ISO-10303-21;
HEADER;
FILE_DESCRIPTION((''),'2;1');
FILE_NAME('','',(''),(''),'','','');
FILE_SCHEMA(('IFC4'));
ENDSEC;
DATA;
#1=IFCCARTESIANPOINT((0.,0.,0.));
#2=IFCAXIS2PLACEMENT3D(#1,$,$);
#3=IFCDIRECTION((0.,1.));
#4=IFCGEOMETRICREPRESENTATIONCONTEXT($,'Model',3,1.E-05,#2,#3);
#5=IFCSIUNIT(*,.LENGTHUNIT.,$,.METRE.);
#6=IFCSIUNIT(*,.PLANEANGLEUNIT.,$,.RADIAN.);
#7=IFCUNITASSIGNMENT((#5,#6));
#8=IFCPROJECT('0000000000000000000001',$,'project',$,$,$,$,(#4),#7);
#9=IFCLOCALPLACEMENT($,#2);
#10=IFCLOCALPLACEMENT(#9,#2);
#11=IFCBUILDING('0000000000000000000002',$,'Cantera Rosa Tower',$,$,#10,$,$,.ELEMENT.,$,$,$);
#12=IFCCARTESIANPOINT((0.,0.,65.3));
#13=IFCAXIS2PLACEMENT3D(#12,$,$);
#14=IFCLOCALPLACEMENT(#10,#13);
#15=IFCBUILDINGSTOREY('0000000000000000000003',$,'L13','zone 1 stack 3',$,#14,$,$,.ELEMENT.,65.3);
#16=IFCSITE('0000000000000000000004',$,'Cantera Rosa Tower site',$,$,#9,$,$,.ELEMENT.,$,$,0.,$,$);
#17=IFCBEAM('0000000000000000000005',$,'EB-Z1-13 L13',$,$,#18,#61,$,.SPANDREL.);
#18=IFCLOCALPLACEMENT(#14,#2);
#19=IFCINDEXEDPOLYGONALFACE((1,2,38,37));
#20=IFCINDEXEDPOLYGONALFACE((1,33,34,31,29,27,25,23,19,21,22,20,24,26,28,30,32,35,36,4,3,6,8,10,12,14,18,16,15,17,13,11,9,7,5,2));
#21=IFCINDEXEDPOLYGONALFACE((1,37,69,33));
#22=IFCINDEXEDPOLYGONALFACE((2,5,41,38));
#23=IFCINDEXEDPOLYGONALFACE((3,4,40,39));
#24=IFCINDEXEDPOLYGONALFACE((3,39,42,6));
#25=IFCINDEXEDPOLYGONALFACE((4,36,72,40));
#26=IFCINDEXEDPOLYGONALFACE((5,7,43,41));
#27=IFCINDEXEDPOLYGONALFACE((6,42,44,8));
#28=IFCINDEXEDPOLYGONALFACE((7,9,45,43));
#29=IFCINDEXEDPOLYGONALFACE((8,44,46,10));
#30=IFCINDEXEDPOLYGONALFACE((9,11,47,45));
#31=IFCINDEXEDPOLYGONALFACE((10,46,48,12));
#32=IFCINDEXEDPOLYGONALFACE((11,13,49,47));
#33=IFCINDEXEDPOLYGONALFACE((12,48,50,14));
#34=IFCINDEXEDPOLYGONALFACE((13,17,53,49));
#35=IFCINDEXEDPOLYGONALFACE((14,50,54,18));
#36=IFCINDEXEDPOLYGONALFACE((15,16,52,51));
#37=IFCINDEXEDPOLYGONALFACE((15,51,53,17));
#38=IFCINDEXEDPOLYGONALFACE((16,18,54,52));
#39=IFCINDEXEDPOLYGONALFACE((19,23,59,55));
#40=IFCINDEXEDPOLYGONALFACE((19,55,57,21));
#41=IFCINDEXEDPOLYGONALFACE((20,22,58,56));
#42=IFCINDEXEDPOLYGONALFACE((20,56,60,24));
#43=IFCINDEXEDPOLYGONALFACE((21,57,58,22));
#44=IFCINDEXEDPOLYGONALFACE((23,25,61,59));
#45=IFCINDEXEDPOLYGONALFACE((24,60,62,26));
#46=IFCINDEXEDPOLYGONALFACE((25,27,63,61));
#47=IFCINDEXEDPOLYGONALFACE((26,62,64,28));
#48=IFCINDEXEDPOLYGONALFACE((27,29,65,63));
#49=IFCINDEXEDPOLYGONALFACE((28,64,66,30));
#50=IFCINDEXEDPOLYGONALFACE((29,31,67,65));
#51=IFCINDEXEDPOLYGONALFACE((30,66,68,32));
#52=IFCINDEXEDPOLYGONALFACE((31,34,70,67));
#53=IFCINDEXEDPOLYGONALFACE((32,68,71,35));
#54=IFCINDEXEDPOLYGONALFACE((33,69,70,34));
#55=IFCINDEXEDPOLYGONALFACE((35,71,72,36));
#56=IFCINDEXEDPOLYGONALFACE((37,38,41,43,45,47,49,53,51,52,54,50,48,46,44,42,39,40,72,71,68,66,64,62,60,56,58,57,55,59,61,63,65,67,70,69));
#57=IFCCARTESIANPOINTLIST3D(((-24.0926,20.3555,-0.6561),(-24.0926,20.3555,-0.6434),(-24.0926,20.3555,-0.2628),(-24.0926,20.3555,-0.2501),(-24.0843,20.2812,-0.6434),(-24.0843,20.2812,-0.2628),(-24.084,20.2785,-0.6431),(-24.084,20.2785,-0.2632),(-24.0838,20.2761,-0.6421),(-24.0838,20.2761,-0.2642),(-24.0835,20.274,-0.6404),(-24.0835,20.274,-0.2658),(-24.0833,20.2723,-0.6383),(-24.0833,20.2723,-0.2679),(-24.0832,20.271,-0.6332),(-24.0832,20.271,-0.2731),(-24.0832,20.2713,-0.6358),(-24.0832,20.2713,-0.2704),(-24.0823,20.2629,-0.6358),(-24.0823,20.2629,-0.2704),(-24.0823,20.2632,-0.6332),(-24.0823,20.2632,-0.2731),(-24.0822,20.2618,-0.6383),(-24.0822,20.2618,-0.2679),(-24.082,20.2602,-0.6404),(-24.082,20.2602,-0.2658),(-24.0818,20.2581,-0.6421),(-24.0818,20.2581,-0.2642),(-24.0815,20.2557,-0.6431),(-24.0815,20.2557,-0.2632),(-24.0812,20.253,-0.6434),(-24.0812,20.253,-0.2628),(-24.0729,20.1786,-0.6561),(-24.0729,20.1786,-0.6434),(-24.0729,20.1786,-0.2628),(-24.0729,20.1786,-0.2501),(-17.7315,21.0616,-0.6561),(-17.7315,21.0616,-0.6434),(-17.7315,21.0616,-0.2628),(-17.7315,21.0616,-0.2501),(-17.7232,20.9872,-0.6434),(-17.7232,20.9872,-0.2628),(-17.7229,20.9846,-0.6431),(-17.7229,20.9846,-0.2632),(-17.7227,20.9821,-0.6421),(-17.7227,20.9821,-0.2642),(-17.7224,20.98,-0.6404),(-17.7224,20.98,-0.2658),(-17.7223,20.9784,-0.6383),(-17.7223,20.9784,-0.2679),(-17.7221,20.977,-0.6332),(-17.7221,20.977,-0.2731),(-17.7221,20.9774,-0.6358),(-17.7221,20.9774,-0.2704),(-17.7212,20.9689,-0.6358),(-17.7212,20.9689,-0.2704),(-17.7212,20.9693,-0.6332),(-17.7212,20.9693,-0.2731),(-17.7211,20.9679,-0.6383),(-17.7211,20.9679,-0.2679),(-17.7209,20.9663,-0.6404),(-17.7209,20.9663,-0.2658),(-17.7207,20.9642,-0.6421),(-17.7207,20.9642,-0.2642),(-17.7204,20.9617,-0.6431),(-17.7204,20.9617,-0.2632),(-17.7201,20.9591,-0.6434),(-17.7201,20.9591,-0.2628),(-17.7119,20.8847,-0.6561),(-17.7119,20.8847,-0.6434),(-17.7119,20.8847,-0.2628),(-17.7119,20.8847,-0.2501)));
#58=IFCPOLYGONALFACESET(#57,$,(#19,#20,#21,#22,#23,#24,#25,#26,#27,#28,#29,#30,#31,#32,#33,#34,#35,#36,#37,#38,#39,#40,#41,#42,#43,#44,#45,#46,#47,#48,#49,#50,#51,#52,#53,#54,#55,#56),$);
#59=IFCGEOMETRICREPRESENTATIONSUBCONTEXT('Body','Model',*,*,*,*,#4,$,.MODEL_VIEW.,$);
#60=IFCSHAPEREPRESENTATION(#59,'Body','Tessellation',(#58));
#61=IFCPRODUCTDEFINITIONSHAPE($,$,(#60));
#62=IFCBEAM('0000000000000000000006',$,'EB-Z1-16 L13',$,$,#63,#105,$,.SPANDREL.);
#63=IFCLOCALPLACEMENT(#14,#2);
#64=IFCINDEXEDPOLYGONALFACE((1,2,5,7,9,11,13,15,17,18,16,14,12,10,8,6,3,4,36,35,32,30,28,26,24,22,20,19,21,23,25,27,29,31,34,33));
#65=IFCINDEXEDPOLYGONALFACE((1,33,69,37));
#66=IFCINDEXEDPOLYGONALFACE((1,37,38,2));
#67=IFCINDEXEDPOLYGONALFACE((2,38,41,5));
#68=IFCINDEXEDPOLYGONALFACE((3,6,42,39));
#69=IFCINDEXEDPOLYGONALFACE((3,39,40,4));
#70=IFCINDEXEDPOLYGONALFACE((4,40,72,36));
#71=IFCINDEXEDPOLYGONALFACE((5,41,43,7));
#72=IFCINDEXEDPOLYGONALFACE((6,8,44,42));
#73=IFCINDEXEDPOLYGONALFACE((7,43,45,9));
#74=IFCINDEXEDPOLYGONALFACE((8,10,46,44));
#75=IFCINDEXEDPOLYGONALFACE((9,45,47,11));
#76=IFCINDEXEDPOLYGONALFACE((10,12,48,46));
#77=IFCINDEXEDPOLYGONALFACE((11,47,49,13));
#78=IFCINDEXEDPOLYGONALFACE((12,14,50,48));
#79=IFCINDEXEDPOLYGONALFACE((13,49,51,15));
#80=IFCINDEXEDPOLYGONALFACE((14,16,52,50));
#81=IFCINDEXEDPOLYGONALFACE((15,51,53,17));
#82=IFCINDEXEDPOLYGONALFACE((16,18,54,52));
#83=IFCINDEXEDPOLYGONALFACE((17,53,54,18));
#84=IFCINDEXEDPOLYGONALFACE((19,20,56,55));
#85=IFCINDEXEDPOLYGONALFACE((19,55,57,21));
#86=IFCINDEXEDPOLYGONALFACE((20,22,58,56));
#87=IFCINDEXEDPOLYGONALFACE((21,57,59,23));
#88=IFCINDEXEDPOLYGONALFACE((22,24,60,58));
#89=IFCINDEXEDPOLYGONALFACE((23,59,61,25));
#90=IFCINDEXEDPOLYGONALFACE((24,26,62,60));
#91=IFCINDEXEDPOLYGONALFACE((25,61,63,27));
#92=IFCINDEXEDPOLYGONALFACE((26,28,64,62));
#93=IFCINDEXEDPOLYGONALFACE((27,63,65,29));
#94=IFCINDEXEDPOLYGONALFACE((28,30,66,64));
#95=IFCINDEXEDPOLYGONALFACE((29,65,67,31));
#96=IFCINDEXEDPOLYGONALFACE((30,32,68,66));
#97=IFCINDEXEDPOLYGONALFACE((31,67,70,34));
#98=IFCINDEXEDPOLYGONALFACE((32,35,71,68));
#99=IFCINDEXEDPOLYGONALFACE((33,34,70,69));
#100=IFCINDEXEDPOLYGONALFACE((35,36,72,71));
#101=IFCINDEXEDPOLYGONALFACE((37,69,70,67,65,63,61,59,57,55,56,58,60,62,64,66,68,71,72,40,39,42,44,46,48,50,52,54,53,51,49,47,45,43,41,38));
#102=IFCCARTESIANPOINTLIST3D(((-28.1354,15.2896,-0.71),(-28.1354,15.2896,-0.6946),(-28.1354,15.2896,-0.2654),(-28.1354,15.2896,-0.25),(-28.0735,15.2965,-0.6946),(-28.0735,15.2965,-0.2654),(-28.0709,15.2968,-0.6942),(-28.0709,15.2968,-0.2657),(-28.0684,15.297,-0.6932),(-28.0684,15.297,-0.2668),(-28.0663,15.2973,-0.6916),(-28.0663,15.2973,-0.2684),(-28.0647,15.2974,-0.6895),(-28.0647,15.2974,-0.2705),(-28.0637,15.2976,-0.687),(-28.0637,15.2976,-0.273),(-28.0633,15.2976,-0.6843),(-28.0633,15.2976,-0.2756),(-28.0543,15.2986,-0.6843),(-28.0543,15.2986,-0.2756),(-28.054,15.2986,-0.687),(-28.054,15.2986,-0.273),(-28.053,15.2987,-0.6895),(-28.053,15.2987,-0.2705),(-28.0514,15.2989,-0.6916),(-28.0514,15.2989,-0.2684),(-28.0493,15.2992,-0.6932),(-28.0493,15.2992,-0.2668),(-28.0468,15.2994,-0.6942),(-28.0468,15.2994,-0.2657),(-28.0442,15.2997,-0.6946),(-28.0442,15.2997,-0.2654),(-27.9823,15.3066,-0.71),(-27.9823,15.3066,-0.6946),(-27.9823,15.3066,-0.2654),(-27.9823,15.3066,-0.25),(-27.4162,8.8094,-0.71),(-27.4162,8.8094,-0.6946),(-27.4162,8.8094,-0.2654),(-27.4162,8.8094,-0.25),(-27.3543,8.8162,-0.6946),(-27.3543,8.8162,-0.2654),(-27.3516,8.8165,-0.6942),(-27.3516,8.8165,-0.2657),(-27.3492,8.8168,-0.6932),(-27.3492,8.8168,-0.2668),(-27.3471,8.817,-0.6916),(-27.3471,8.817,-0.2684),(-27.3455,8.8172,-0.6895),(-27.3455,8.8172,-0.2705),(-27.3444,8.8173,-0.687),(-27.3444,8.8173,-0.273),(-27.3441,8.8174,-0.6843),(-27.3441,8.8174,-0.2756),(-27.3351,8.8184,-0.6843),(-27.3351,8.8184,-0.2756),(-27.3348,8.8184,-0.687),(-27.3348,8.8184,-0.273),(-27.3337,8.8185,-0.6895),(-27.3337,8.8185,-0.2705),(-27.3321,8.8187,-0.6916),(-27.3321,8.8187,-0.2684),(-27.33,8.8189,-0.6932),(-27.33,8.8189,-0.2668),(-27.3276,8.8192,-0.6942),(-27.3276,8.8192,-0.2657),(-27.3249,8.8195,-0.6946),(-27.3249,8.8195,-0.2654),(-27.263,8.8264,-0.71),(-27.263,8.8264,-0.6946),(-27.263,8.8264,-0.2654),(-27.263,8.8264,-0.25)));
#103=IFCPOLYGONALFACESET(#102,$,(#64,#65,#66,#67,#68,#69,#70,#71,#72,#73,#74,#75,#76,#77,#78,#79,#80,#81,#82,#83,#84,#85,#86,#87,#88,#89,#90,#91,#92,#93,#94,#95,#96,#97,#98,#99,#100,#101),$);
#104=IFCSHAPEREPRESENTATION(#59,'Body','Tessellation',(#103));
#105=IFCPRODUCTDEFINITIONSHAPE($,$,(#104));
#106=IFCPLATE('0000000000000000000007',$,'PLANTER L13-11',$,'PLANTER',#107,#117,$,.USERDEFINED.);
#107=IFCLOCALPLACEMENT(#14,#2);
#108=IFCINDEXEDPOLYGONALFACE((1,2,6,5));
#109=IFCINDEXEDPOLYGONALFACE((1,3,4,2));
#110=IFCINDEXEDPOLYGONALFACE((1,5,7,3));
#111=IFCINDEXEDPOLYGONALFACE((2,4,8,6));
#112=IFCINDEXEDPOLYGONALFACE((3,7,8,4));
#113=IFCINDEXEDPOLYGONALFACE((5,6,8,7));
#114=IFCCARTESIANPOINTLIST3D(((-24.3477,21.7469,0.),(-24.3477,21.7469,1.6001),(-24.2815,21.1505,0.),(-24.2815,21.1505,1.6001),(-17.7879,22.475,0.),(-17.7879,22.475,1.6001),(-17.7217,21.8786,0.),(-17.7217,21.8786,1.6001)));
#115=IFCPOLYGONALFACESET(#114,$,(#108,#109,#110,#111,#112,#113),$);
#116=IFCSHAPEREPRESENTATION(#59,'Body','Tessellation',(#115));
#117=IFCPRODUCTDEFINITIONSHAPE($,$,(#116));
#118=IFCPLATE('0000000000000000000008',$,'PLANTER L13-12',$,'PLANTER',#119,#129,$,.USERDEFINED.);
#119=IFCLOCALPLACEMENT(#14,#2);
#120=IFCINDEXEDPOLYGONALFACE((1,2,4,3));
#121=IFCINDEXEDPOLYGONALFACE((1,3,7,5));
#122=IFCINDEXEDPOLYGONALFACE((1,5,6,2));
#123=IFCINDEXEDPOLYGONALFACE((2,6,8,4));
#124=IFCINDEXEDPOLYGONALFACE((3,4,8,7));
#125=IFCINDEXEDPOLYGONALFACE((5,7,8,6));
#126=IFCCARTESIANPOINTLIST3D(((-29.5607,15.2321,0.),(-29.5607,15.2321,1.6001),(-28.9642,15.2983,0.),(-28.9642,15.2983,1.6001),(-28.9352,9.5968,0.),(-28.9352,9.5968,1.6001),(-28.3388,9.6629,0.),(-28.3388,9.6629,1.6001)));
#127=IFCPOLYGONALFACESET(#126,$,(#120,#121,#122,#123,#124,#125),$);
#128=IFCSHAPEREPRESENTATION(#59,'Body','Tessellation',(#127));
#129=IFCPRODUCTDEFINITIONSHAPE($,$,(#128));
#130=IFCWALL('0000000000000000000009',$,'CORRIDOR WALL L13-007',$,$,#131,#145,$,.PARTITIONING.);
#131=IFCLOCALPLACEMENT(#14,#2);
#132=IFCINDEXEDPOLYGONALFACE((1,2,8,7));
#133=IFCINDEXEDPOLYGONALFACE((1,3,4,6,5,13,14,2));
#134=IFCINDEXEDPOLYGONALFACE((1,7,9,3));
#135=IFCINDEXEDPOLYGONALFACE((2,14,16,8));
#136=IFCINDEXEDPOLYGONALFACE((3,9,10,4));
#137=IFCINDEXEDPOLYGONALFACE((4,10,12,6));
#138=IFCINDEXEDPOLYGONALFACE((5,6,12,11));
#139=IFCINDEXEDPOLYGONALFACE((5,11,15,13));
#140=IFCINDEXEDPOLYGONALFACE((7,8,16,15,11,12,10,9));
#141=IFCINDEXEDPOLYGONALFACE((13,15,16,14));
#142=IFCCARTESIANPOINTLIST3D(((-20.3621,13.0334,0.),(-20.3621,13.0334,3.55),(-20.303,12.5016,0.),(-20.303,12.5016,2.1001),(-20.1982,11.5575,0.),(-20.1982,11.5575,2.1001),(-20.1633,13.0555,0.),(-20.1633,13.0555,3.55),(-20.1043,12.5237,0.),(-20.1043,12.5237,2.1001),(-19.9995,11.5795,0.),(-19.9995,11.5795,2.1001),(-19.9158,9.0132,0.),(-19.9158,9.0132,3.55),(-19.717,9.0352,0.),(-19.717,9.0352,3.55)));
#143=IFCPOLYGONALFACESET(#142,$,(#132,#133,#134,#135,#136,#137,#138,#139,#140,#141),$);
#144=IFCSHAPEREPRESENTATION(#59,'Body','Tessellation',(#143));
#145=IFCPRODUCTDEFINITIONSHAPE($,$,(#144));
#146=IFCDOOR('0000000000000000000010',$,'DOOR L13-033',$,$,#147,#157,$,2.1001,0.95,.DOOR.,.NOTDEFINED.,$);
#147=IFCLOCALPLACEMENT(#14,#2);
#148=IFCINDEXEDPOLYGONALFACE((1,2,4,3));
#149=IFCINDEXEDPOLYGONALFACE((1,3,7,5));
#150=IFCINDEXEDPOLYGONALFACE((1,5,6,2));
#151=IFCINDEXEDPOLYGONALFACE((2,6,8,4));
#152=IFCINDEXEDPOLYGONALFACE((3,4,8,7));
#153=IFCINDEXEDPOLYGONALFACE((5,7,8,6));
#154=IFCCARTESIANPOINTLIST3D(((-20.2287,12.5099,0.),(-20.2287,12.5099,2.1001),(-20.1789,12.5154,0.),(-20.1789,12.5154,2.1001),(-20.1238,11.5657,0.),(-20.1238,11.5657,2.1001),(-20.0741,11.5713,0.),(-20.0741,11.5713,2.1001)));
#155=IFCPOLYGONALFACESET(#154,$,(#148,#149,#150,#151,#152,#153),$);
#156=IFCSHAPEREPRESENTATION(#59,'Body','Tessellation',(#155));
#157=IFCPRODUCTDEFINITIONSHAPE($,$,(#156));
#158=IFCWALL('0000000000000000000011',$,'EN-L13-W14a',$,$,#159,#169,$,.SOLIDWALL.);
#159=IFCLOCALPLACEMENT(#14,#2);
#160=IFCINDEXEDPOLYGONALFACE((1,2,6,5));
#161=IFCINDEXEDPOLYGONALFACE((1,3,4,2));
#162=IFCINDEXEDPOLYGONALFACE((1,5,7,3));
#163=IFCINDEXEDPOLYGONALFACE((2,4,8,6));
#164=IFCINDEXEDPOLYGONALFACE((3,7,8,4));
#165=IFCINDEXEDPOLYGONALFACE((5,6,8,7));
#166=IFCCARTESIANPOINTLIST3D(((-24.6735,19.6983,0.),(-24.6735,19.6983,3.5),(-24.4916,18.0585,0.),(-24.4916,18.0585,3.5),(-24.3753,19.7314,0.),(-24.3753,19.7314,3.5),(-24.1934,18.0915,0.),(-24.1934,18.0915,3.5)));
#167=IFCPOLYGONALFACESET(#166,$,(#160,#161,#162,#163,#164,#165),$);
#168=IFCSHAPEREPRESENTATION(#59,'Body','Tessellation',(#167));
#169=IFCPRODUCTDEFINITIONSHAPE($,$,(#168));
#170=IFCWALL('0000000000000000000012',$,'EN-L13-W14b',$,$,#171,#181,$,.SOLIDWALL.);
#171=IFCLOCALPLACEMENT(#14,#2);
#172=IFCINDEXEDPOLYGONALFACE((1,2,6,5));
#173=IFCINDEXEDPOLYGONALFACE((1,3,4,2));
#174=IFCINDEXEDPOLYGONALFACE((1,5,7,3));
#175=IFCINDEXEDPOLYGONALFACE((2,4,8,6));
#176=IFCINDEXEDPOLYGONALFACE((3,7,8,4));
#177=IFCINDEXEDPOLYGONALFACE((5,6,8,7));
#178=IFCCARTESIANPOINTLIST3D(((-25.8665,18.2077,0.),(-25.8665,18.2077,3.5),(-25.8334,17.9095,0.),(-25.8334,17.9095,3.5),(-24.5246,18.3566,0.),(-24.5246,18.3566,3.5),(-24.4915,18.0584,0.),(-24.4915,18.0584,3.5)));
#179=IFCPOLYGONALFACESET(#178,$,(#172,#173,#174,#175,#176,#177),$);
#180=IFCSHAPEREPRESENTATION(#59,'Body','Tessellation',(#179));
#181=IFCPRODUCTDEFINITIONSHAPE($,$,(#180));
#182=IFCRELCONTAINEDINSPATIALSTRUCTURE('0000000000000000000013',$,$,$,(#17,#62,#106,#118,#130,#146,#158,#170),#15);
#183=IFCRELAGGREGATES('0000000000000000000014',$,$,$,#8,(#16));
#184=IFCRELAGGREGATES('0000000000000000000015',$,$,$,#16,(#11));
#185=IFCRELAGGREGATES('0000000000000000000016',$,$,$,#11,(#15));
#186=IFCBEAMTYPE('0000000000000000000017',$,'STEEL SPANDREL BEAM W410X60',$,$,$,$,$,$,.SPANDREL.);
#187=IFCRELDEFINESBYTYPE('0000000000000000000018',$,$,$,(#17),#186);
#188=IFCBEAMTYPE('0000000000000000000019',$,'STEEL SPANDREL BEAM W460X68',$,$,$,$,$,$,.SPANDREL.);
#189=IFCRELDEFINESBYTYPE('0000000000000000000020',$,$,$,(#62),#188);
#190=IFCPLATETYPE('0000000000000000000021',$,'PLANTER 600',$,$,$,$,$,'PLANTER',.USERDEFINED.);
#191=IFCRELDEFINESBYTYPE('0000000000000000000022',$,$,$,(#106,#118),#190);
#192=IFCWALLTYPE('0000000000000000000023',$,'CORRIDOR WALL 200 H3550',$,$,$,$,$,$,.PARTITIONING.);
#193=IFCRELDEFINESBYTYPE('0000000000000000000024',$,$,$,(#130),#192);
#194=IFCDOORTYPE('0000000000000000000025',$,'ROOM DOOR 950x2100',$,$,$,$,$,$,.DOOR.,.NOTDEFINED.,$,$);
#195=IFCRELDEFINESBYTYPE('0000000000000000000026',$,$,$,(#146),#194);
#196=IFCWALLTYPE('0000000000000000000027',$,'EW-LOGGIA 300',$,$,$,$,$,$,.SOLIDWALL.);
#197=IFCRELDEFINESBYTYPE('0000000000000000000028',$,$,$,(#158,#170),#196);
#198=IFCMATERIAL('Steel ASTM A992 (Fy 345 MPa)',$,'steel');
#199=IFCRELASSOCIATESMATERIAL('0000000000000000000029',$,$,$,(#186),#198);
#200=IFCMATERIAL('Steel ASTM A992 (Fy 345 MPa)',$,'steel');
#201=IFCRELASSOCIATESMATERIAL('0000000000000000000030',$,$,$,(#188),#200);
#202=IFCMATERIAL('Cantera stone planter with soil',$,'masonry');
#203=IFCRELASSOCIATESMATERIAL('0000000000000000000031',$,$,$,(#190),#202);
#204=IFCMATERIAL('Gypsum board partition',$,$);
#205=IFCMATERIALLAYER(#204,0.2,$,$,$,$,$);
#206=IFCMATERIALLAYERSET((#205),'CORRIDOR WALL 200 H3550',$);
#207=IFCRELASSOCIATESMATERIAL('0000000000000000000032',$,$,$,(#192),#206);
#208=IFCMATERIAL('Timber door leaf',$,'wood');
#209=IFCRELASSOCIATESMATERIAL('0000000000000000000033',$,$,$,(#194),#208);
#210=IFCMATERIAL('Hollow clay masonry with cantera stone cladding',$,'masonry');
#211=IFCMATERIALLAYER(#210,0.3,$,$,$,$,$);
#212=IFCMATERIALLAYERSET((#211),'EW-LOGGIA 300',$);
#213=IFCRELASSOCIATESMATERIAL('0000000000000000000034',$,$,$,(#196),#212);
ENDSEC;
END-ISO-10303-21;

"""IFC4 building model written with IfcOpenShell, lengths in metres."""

from ifc_helpers import new_model, si_unit, direction, frame, frame_2d, origin, origin_2d, place, context, subcontext, project, spatial, rectangle, i_section, extrude, material, layer, layer_set, material_profile, profile_set, type_object, element, fill, save


model = new_model("IFC4")

# Units and contexts
model_context = context("Model", 3, precision=1e-05, world=origin(), true_north=direction((0.0, 1.0)))
body_context = subcontext(model_context, "Body", "Model", "MODEL_VIEW")
ifc_project = project(units=[si_unit("LENGTHUNIT", "METRE"), si_unit("PLANEANGLEUNIT", "RADIAN")], contexts=[model_context])

# Site, building, storey
site_placement = place(None, origin())
site = spatial("IfcSite", under=ifc_project, at=site_placement, Name="Cantera Rosa Tower site", CompositionType="ELEMENT", RefElevation=0.0)
building_placement = place(site_placement, origin())
building = spatial("IfcBuilding", under=site, at=building_placement, Name="Cantera Rosa Tower", CompositionType="ELEMENT")
storey_placement = place(building_placement, frame((0.0, 0.0, 65.3)))
storey = spatial("IfcBuildingStorey", under=building, at=storey_placement, Name="L13", Description="zone 1 stack 3", CompositionType="ELEMENT", Elevation=65.3)

# Beams
ifc_material_1 = material(Name="Steel ASTM A992 (Fy 345 MPa)", Category="steel")
ifc_material_profile_1 = material_profile(ifc_material_1, i_section(OverallWidth=0.178, OverallDepth=0.406, WebThickness=0.0078, FlangeThickness=0.0127, FilletRadius=0.0103, at=origin_2d()), Name="W410X60")
ifc_profile_set_1 = profile_set([ifc_material_profile_1], Name="Steel ASTM A992 (Fy 345 MPa)")
beam_type_1 = type_object("IfcBeamType", Name="STEEL SPANDREL BEAM W410X60", PredefinedType="SPANDREL", material=ifc_profile_set_1)
beam_1_placement = place(storey_placement, frame((-17.7217, 20.9731, -0.4531), z_axis=(-0.993896, -0.110318, 0.0), x_axis=(0.110318, -0.993896, 0.0)))
element("IfcBeam", 1, at=beam_1_placement, inside=storey, type_object=beam_type_1, Name="EB-Z1-13 L13", PredefinedType="SPANDREL", context=body_context, shape_type="SweptSolid", body=[
    extrude(i_section(OverallWidth=0.178, OverallDepth=0.406, WebThickness=0.0078, FlangeThickness=0.0127, FilletRadius=0.0103, at=origin_2d()), origin(), (0.0, 0.0, 1.0), 6.4001),
])
ifc_material_2 = material(Name="Steel ASTM A992 (Fy 345 MPa)", Category="steel")
ifc_material_profile_2 = material_profile(ifc_material_2, i_section(OverallWidth=0.1541, OverallDepth=0.46, WebThickness=0.009, FlangeThickness=0.0154, FilletRadius=0.0103, at=origin_2d()), Name="W460X68")
ifc_profile_set_2 = profile_set([ifc_material_profile_2], Name="Steel ASTM A992 (Fy 345 MPa)")
beam_type_2 = type_object("IfcBeamType", Name="STEEL SPANDREL BEAM W460X68", PredefinedType="SPANDREL", material=ifc_profile_set_2)
beam_2_placement = place(storey_placement, frame((-28.0588, 15.2981, -0.48), z_axis=(0.110312, -0.993897, 0.0), x_axis=(0.993897, 0.110312, 0.0)))
element("IfcBeam", 2, at=beam_2_placement, inside=storey, type_object=beam_type_2, Name="EB-Z1-16 L13", PredefinedType="SPANDREL", context=body_context, shape_type="SweptSolid", body=[
    extrude(i_section(OverallWidth=0.1541, OverallDepth=0.46, WebThickness=0.009, FlangeThickness=0.0154, FilletRadius=0.0103, at=origin_2d()), origin(), (0.0, 0.0, 1.0), 6.52),
])

# Plates
ifc_material_3 = material(Name="Cantera stone planter with soil", Category="masonry")
plate_type = type_object("IfcPlateType", Name="PLANTER 600", ElementType="PLANTER", PredefinedType="USERDEFINED", material=ifc_material_3)
plate_1_placement = place(storey_placement, frame((-21.0347, 21.8127, 0.0), z_axis=(0.0, 0.0, 1.0), x_axis=(-0.993897, -0.110313, 0.0)))
element("IfcPlate", 3, at=plate_1_placement, inside=storey, type_object=plate_type, Name="PLANTER L13-11", ObjectType="PLANTER", PredefinedType="USERDEFINED", context=body_context, shape_type="SweptSolid", body=[
    extrude(rectangle(XDim=6.6001, YDim=0.6001, at=origin_2d()), origin(), (0.0, 0.0, 1.0), 1.6001),
])
plate_2_placement = place(storey_placement, frame((-28.9497, 12.4475, 0.0), z_axis=(0.0, 0.0, 1.0), x_axis=(0.110313, -0.993897, 0.0)))
element("IfcPlate", 4, at=plate_2_placement, inside=storey, type_object=plate_type, Name="PLANTER L13-12", ObjectType="PLANTER", PredefinedType="USERDEFINED", context=body_context, shape_type="SweptSolid", body=[
    extrude(rectangle(XDim=5.6699, YDim=0.6001, at=origin_2d()), origin(), (0.0, 0.0, 1.0), 1.6001),
])

# Wall, opening, door
ifc_material_4 = material(Name="Gypsum board partition")
ifc_layer_1 = layer(ifc_material_4, 0.2)
ifc_layer_set_1 = layer_set([ifc_layer_1], Name="CORRIDOR WALL 200 H3550")
wall_type_1 = type_object("IfcWallType", Name="CORRIDOR WALL 200 H3550", PredefinedType="PARTITIONING", material=ifc_layer_set_1)
wall_1_placement = place(storey_placement, frame((-20.2627, 13.0444, 0.0), z_axis=(0.0, 0.0, 1.0), x_axis=(0.110332, -0.993895, 0.0)))
wall_1 = element("IfcWall", 5, at=wall_1_placement, inside=storey, type_object=wall_type_1, Name="CORRIDOR WALL L13-007", PredefinedType="PARTITIONING", context=body_context, shape_type="SweptSolid", body=[
    extrude(rectangle(XDim=4.0449, YDim=0.2, at=frame_2d((2.0225, 0.0))), origin(), (0.0, 0.0, 1.0), 3.55),
])
opening_1_placement = place(wall_1_placement, frame((0.5349, 0.0, 0.0)))
opening_1 = element("IfcOpeningElement", 6, at=opening_1_placement, cuts=wall_1, PredefinedType="OPENING", context=body_context, shape_type="SweptSolid", body=[
    extrude(rectangle(XDim=0.95, YDim=2.1001, at=frame_2d((0.4751, 1.05))), frame((0.0, 0.1099, 0.0), z_axis=(0.0, -1.0, 0.0), x_axis=(1.0, 0.0, 0.0)), (0.0, 0.0, 1.0), 0.22),
])
ifc_material_5 = material(Name="Timber door leaf", Category="wood")
door_type_1 = type_object("IfcDoorType", Name="ROOM DOOR 950x2100", OperationType="NOTDEFINED", PredefinedType="DOOR", material=ifc_material_5)
door_1_placement = place(opening_1_placement, origin())
door_1 = element("IfcDoor", 7, at=door_1_placement, inside=storey, type_object=door_type_1, Name="DOOR L13-033", OperationType="NOTDEFINED", OverallHeight=2.1001, OverallWidth=0.95, PredefinedType="DOOR", context=body_context, shape_type="SweptSolid", body=[
    extrude(rectangle(XDim=0.95, YDim=2.1001, at=frame_2d((0.4751, 1.05))), frame((0.0, 0.0249, 0.0), z_axis=(0.0, -1.0, 0.0), x_axis=(1.0, 0.0, 0.0)), (0.0, 0.0, 1.0), 0.05),
])
fill(opening_1, door_1)

# Walls
ifc_material_6 = material(Name="Hollow clay masonry with cantera stone cladding", Category="masonry")
ifc_layer_2 = layer(ifc_material_6, 0.3)
ifc_layer_set_2 = layer_set([ifc_layer_2], Name="EW-LOGGIA 300")
wall_type_2 = type_object("IfcWallType", Name="EW-LOGGIA 300", PredefinedType="SOLIDWALL", material=ifc_layer_set_2)
wall_2_placement = place(storey_placement, frame((-24.5244, 19.7148, 0.0), z_axis=(0.0, 0.0, 1.0), x_axis=(0.110237, -0.993905, 0.0)))
element("IfcWall", 8, at=wall_2_placement, inside=storey, type_object=wall_type_2, Name="EN-L13-W14a", PredefinedType="SOLIDWALL", context=body_context, shape_type="SweptSolid", body=[
    extrude(rectangle(XDim=1.6499, YDim=0.3, at=frame_2d((0.825, 0.0))), origin(), (0.0, 0.0, 1.0), 3.5),
])
wall_3_placement = place(storey_placement, frame((-24.5081, 18.2075, 0.0), z_axis=(0.0, 0.0, 1.0), x_axis=(-0.993897, -0.110312, 0.0)))
element("IfcWall", 9, at=wall_3_placement, inside=storey, type_object=wall_type_2, Name="EN-L13-W14b", PredefinedType="SOLIDWALL", context=body_context, shape_type="SweptSolid", body=[
    extrude(rectangle(XDim=1.3501, YDim=0.3, at=frame_2d((0.675, 0.0))), origin(), (0.0, 0.0, 1.0), 3.5),
])

save(model, "model.ifc")
